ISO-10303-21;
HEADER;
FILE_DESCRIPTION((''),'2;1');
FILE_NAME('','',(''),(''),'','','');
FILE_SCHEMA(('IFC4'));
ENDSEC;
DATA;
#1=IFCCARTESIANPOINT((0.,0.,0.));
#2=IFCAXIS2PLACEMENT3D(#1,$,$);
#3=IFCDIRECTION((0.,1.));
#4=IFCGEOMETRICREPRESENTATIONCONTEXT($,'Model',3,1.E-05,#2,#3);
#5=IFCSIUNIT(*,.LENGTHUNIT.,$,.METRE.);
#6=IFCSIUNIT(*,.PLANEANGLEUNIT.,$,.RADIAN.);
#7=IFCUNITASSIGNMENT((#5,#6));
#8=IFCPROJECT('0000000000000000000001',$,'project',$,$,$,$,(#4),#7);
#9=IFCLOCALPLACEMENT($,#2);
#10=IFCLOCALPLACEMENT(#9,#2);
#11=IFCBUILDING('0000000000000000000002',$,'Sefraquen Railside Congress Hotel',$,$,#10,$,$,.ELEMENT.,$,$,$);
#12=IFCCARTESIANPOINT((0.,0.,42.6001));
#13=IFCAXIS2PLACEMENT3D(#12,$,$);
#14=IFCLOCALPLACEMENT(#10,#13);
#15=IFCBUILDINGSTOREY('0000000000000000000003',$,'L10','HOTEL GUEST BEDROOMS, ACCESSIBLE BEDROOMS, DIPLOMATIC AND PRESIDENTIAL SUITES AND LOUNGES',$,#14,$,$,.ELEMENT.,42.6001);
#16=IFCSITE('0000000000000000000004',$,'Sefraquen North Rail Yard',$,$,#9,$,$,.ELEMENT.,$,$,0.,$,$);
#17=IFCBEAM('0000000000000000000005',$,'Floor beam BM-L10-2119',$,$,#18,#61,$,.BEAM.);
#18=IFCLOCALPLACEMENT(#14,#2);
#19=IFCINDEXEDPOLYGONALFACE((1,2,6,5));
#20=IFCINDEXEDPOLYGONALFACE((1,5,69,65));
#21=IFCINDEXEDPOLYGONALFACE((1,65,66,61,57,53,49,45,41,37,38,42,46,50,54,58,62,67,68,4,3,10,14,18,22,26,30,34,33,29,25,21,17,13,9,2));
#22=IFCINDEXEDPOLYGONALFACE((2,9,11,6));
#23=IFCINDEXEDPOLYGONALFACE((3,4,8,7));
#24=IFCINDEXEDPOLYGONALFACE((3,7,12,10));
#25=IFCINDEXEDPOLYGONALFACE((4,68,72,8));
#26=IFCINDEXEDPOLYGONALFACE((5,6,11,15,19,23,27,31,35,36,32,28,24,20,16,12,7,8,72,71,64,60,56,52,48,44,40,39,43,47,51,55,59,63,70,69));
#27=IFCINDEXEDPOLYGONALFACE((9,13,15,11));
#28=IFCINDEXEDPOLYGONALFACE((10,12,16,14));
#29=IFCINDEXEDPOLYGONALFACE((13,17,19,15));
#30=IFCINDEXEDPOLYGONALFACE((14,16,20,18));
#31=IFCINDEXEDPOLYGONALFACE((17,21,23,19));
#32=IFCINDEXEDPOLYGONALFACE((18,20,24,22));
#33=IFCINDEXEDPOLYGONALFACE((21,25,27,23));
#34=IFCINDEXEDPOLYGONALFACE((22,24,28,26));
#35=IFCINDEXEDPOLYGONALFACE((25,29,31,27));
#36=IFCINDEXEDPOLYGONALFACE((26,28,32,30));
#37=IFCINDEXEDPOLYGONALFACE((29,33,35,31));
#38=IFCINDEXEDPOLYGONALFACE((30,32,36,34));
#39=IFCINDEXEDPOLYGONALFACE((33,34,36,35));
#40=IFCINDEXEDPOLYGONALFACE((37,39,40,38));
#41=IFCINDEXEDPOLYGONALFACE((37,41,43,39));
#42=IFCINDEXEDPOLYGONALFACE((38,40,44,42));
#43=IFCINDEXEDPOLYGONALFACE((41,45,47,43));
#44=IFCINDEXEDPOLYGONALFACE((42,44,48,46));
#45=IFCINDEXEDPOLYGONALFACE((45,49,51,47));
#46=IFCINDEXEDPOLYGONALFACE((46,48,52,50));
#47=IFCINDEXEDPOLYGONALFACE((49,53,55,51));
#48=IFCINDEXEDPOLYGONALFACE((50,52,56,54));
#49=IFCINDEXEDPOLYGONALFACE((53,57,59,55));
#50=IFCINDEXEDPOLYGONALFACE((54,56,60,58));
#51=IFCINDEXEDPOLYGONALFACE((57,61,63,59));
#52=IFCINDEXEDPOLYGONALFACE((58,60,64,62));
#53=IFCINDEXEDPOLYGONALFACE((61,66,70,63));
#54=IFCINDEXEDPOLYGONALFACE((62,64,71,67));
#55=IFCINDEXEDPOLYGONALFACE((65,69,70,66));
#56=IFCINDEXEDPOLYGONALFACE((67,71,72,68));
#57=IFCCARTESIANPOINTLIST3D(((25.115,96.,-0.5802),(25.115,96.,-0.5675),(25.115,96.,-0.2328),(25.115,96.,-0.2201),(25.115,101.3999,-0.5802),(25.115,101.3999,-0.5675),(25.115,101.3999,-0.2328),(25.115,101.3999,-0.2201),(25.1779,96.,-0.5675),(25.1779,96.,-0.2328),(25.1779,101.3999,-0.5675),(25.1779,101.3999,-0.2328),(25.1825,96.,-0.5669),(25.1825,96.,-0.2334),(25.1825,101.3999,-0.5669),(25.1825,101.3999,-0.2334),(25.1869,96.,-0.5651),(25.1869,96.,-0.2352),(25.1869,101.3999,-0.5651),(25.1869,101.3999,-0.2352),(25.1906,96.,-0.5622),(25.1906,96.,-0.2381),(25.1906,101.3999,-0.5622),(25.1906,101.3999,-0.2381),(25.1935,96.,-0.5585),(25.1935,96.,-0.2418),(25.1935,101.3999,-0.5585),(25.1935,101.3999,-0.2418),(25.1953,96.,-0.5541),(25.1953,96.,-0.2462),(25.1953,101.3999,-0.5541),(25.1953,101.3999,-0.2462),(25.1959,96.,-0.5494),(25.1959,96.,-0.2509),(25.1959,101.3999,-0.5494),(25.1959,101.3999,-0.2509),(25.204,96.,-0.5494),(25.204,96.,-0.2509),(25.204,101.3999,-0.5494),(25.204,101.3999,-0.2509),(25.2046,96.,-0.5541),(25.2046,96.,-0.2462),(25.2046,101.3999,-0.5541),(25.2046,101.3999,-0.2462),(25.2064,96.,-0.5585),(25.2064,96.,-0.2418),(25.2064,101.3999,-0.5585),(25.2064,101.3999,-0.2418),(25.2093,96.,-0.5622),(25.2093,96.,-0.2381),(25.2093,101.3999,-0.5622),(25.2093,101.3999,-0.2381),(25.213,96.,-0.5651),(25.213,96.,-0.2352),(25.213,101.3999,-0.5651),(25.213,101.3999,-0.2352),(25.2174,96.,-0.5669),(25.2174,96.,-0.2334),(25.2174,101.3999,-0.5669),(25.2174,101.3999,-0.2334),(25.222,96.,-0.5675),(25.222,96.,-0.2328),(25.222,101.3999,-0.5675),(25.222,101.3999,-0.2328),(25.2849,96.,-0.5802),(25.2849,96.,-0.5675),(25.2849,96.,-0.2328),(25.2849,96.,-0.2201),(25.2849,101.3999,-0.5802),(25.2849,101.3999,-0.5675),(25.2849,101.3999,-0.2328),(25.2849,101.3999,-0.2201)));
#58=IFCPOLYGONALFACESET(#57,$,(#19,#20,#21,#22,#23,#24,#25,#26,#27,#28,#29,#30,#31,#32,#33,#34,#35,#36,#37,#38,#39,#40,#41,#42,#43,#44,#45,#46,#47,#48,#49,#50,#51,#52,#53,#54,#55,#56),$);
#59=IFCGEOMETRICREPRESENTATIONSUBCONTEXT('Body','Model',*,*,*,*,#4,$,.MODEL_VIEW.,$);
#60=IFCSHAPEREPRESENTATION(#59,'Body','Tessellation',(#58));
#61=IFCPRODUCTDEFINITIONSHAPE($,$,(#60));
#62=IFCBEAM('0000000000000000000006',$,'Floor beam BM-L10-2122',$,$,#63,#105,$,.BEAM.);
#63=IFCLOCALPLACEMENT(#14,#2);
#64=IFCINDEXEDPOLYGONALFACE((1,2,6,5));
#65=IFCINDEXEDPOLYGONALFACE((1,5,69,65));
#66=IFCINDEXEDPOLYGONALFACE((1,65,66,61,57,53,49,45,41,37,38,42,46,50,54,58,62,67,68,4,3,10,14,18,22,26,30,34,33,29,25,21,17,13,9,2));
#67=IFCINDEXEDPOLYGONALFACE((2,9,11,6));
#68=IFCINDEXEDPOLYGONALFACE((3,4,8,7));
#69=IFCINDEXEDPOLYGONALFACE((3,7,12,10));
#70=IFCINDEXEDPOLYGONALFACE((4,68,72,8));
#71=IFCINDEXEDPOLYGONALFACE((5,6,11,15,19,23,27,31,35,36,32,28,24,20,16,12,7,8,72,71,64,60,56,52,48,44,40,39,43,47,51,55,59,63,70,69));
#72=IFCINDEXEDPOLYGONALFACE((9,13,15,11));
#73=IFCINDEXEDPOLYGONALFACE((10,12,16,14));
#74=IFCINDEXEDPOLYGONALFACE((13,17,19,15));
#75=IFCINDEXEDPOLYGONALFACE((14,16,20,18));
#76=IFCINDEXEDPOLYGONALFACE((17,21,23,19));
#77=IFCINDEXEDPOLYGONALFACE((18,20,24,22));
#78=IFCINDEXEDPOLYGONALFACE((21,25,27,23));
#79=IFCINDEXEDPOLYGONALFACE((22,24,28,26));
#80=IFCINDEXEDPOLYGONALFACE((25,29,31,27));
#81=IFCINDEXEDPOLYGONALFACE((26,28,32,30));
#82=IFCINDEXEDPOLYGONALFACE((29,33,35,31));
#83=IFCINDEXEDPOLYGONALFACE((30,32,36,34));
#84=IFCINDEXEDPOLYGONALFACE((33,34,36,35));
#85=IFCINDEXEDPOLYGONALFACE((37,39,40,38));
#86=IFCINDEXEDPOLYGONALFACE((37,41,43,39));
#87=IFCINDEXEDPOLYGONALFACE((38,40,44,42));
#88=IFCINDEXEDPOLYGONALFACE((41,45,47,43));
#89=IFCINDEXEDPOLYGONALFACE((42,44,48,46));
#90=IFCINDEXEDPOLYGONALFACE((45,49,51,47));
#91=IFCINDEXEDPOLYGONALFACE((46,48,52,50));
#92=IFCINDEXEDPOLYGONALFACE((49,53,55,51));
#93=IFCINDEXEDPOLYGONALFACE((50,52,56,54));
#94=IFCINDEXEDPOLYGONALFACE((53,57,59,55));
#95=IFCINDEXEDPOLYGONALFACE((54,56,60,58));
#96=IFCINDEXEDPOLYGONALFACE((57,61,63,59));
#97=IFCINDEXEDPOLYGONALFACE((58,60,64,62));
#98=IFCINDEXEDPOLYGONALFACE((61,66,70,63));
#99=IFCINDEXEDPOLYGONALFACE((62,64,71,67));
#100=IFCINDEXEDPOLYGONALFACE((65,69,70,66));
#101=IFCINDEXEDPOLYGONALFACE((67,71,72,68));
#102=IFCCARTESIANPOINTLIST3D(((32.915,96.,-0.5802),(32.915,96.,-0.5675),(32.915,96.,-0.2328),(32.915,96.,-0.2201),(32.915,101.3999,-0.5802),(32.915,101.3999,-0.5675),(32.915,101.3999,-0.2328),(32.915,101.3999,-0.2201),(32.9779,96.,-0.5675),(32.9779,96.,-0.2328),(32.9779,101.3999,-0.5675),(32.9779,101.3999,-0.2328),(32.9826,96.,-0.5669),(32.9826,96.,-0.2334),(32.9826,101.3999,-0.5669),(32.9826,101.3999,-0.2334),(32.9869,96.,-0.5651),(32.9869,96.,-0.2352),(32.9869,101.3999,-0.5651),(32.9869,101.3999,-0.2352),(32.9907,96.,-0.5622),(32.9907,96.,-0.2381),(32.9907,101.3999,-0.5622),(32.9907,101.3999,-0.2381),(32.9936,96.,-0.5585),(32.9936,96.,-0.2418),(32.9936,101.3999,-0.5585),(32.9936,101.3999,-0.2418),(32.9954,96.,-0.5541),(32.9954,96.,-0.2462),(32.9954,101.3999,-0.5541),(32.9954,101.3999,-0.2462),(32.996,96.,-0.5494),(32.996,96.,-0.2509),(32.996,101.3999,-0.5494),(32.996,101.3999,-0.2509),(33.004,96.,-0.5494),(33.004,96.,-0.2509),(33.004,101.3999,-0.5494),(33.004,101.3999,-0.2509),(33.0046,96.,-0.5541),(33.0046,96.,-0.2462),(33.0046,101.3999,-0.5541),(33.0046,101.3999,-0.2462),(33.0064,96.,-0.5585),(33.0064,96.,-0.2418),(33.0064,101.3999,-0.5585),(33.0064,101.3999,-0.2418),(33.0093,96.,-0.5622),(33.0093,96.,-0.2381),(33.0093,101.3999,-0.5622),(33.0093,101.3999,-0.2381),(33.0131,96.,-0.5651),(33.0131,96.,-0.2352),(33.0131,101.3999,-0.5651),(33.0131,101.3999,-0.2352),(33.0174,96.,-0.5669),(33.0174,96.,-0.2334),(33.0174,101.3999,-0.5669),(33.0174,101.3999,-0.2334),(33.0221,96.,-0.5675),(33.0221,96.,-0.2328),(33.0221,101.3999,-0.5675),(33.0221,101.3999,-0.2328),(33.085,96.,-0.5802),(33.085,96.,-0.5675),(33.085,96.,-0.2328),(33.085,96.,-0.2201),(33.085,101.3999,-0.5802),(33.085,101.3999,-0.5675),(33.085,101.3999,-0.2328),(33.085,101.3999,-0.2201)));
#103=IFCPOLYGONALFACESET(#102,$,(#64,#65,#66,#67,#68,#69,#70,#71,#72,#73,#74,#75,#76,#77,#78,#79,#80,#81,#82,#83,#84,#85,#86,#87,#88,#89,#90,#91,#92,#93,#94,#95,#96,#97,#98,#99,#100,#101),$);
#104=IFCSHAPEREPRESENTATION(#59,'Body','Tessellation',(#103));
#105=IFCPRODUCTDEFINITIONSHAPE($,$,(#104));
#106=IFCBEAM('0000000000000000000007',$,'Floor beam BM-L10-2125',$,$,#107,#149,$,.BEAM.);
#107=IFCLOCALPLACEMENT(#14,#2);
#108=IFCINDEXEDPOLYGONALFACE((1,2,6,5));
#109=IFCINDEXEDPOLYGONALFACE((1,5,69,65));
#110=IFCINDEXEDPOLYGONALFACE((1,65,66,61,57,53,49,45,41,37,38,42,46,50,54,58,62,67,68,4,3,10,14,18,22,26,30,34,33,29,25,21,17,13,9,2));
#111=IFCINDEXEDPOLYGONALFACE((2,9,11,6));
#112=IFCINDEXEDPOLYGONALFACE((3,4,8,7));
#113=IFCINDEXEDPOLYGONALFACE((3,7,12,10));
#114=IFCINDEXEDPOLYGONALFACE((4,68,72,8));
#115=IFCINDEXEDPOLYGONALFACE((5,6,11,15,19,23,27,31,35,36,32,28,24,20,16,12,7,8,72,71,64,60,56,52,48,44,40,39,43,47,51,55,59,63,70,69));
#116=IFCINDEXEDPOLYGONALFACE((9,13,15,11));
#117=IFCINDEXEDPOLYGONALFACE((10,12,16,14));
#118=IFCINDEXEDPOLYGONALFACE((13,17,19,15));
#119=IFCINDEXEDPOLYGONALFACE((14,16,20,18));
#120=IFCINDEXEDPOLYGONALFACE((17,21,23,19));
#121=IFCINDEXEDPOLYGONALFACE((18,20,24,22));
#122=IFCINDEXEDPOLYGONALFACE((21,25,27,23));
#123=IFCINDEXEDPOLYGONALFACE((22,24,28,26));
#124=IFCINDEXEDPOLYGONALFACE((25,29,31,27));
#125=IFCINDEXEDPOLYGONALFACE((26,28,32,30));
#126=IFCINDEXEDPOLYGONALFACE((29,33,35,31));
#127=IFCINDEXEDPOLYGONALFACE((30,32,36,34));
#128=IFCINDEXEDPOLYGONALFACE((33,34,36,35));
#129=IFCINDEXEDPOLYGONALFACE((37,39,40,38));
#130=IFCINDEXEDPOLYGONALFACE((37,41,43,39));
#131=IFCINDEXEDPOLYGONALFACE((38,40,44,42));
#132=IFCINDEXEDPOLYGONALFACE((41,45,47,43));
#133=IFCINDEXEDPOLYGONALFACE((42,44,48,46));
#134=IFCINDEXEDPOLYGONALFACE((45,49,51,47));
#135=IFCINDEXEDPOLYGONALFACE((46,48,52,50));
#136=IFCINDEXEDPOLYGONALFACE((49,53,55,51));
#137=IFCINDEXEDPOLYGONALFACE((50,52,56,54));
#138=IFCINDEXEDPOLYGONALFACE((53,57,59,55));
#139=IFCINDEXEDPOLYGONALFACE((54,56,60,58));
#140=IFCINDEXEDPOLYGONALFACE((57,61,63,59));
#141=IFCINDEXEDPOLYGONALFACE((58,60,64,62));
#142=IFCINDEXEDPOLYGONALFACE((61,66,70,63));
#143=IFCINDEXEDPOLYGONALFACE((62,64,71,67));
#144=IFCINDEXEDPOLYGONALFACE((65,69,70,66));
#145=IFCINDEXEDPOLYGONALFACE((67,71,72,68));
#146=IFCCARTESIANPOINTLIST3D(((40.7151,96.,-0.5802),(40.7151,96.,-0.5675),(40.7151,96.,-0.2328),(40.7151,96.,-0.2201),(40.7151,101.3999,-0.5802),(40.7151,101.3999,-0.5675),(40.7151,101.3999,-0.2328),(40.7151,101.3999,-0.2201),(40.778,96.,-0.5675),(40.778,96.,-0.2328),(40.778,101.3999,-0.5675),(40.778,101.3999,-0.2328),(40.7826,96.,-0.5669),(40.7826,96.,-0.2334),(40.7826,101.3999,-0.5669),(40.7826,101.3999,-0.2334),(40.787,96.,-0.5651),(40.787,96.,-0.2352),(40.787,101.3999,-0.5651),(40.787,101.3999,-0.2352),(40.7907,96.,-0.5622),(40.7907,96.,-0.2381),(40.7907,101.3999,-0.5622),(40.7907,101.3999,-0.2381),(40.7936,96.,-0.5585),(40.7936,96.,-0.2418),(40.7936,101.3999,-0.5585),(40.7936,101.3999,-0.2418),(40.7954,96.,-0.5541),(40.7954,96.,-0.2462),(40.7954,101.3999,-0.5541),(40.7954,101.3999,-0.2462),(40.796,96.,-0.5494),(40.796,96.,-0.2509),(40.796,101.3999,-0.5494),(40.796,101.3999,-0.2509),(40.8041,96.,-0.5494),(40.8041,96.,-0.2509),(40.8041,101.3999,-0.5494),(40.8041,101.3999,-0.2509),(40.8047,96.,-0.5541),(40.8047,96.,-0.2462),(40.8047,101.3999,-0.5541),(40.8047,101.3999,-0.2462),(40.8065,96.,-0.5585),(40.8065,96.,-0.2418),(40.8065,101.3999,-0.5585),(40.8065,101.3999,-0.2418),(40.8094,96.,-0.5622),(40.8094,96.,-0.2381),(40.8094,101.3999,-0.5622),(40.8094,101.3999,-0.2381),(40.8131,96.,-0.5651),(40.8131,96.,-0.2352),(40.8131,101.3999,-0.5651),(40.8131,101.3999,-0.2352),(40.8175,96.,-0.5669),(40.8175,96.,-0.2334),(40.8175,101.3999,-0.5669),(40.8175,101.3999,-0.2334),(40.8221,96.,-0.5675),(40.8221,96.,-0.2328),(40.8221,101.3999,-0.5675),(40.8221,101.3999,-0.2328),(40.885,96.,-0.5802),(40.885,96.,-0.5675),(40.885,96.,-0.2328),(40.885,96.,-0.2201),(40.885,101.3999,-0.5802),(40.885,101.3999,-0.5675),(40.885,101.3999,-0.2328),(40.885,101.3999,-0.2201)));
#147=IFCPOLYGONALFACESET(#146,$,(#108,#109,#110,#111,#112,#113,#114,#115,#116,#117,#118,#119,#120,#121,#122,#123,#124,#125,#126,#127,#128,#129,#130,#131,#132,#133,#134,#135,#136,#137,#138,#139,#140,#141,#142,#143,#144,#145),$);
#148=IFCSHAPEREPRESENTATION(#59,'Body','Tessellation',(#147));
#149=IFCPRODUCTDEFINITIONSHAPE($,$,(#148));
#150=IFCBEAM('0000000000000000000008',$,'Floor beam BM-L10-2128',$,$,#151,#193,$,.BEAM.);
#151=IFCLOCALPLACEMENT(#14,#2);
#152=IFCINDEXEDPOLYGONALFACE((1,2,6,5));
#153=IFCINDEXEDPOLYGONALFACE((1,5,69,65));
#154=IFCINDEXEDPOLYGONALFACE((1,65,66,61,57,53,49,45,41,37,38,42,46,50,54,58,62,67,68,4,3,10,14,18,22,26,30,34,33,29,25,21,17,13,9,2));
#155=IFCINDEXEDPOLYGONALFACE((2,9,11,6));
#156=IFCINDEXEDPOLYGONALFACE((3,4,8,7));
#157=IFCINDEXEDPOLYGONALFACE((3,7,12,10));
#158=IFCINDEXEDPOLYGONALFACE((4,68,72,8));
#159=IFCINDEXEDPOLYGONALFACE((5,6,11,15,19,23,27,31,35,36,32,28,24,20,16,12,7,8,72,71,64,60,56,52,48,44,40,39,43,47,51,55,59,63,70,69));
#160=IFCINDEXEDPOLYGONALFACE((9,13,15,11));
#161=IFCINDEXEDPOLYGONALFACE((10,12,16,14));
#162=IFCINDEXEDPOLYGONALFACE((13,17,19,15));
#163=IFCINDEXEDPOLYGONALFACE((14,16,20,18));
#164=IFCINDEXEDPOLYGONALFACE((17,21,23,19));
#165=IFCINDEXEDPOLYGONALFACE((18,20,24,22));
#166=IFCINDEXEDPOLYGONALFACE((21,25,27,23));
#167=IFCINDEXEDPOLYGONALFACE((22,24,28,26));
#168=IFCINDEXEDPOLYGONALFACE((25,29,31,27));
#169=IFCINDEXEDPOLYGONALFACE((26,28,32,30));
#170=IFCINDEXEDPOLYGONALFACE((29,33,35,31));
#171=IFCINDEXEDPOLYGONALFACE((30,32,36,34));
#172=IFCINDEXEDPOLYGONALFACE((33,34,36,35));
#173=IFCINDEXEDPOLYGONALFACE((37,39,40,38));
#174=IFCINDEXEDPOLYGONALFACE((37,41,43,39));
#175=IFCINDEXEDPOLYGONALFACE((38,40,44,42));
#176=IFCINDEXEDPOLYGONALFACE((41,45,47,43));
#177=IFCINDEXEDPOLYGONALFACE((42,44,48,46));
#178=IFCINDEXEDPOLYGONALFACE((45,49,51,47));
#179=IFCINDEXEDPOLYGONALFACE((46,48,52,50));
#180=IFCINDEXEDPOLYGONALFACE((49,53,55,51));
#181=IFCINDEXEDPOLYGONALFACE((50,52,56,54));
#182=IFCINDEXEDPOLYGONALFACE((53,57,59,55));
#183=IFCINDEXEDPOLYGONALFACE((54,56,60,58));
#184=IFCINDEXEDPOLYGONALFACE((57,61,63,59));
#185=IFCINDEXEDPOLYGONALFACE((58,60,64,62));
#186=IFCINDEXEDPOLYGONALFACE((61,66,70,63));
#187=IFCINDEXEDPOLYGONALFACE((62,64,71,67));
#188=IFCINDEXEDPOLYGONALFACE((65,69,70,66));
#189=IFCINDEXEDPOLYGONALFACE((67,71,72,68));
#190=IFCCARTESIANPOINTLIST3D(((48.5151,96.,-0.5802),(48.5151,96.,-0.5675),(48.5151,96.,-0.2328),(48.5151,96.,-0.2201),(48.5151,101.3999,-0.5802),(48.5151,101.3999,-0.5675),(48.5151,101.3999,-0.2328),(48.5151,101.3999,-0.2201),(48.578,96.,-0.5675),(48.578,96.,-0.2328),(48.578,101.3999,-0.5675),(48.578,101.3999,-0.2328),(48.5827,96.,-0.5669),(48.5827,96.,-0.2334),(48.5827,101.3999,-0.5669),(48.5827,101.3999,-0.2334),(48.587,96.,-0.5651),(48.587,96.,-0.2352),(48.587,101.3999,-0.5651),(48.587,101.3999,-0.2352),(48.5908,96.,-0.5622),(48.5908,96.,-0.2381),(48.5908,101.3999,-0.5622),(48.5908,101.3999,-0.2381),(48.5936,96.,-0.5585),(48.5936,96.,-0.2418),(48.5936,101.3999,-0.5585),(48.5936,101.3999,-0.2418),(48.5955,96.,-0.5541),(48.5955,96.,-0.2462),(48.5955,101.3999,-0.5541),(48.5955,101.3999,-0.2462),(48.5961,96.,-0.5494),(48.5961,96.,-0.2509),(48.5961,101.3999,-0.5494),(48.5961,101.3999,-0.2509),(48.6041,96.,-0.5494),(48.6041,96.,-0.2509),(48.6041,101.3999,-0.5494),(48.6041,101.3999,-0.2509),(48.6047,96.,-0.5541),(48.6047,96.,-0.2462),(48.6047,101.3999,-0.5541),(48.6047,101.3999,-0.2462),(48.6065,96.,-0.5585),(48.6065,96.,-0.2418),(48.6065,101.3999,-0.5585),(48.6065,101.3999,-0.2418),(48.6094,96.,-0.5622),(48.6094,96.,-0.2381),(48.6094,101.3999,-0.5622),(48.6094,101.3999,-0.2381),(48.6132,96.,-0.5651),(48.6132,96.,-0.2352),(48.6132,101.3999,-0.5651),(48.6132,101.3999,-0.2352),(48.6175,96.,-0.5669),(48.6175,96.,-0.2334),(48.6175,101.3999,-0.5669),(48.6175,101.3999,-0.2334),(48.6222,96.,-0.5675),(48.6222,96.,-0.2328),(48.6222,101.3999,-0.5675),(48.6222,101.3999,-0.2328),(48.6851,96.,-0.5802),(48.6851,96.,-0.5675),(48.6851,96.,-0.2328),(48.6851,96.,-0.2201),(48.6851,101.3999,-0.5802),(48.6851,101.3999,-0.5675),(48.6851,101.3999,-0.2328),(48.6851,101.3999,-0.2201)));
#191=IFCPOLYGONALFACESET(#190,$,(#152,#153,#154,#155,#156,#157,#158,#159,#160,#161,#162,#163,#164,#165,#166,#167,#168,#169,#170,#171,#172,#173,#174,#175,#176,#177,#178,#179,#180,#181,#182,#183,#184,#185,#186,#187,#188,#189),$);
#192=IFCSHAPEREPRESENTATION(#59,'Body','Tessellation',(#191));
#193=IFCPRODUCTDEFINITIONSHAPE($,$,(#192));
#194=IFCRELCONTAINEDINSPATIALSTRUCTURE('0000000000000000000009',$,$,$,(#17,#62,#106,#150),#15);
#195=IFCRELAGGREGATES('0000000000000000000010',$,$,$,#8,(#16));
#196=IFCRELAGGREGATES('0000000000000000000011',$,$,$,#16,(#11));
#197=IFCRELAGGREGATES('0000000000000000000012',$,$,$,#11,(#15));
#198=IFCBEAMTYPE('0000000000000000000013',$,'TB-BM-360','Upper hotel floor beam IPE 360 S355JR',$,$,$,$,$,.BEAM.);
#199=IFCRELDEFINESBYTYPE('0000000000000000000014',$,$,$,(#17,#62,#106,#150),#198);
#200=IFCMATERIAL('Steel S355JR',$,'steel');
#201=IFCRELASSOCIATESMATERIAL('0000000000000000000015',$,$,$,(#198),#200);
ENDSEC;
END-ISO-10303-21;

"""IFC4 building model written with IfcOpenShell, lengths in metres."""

from ifc_helpers import new_model, si_unit, direction, frame, origin, origin_2d, place, context, subcontext, project, spatial, i_section, extrude, material, material_profile, profile_set, type_object, element, save


model = new_model("IFC4")

# Units and contexts
model_context = context("Model", 3, precision=1e-05, world=origin(), true_north=direction((0.0, 1.0)))
body_context = subcontext(model_context, "Body", "Model", "MODEL_VIEW")
ifc_project = project(units=[si_unit("LENGTHUNIT", "METRE"), si_unit("PLANEANGLEUNIT", "RADIAN")], contexts=[model_context])

# Site, building, storey
site_placement = place(None, origin())
site = spatial("IfcSite", under=ifc_project, at=site_placement, Name="Sefraquen North Rail Yard", CompositionType="ELEMENT", RefElevation=0.0)
building_placement = place(site_placement, origin())
building = spatial("IfcBuilding", under=site, at=building_placement, Name="Sefraquen Railside Congress Hotel", CompositionType="ELEMENT")
storey_placement = place(building_placement, frame((0.0, 0.0, 42.6001)))
storey = spatial("IfcBuildingStorey", under=building, at=storey_placement, Name="L10", Description="HOTEL GUEST BEDROOMS, ACCESSIBLE BEDROOMS, DIPLOMATIC AND PRESIDENTIAL SUITES AND LOUNGES", CompositionType="ELEMENT", Elevation=42.6001)

# Shared definitions
ifc_material_1 = material(Name="Steel S355JR", Category="steel")

# Beams
ifc_material_profile_1 = material_profile(ifc_material_1, i_section(OverallWidth=0.1699, OverallDepth=0.3601, WebThickness=0.0081, FlangeThickness=0.0127, FilletRadius=0.0181, at=origin_2d()), Name="IPE 360")
ifc_profile_set_1 = profile_set([ifc_material_profile_1], Name="Steel S355JR")
beam_type_1 = type_object("IfcBeamType", Name="TB-BM-360", Description="Upper hotel floor beam IPE 360 S355JR", PredefinedType="BEAM", material=ifc_profile_set_1)
for number, where, z_axis, x_axis, name in (
    (1, (25.2, 96.0, -0.4001), (0.0, 1.0, 0.0), (-1.0, 0.0, 0.0), "Floor beam BM-L10-2119"),
    (2, (33.0, 96.0, -0.4001), (0.0, 1.0, 0.0), (-1.0, 0.0, 0.0), "Floor beam BM-L10-2122"),
    (3, (40.8, 96.0, -0.4001), (0.0, 1.0, 0.0), (-1.0, 0.0, 0.0), "Floor beam BM-L10-2125"),
    (4, (48.6001, 96.0, -0.4001), (0.0, 1.0, 0.0), (-1.0, 0.0, 0.0), "Floor beam BM-L10-2128"),
):
    element("IfcBeam", number, at=place(storey_placement, frame(where, z_axis=z_axis, x_axis=x_axis)), inside=storey, type_object=beam_type_1, Name=name, PredefinedType="BEAM", context=body_context, shape_type="SweptSolid", body=[
        extrude(i_section(OverallWidth=0.1699, OverallDepth=0.3601, WebThickness=0.0081, FlangeThickness=0.0127, FilletRadius=0.0181, at=origin_2d()), origin(), (0.0, 0.0, 1.0), 5.3999),
    ])

save(model, "model.ifc")
